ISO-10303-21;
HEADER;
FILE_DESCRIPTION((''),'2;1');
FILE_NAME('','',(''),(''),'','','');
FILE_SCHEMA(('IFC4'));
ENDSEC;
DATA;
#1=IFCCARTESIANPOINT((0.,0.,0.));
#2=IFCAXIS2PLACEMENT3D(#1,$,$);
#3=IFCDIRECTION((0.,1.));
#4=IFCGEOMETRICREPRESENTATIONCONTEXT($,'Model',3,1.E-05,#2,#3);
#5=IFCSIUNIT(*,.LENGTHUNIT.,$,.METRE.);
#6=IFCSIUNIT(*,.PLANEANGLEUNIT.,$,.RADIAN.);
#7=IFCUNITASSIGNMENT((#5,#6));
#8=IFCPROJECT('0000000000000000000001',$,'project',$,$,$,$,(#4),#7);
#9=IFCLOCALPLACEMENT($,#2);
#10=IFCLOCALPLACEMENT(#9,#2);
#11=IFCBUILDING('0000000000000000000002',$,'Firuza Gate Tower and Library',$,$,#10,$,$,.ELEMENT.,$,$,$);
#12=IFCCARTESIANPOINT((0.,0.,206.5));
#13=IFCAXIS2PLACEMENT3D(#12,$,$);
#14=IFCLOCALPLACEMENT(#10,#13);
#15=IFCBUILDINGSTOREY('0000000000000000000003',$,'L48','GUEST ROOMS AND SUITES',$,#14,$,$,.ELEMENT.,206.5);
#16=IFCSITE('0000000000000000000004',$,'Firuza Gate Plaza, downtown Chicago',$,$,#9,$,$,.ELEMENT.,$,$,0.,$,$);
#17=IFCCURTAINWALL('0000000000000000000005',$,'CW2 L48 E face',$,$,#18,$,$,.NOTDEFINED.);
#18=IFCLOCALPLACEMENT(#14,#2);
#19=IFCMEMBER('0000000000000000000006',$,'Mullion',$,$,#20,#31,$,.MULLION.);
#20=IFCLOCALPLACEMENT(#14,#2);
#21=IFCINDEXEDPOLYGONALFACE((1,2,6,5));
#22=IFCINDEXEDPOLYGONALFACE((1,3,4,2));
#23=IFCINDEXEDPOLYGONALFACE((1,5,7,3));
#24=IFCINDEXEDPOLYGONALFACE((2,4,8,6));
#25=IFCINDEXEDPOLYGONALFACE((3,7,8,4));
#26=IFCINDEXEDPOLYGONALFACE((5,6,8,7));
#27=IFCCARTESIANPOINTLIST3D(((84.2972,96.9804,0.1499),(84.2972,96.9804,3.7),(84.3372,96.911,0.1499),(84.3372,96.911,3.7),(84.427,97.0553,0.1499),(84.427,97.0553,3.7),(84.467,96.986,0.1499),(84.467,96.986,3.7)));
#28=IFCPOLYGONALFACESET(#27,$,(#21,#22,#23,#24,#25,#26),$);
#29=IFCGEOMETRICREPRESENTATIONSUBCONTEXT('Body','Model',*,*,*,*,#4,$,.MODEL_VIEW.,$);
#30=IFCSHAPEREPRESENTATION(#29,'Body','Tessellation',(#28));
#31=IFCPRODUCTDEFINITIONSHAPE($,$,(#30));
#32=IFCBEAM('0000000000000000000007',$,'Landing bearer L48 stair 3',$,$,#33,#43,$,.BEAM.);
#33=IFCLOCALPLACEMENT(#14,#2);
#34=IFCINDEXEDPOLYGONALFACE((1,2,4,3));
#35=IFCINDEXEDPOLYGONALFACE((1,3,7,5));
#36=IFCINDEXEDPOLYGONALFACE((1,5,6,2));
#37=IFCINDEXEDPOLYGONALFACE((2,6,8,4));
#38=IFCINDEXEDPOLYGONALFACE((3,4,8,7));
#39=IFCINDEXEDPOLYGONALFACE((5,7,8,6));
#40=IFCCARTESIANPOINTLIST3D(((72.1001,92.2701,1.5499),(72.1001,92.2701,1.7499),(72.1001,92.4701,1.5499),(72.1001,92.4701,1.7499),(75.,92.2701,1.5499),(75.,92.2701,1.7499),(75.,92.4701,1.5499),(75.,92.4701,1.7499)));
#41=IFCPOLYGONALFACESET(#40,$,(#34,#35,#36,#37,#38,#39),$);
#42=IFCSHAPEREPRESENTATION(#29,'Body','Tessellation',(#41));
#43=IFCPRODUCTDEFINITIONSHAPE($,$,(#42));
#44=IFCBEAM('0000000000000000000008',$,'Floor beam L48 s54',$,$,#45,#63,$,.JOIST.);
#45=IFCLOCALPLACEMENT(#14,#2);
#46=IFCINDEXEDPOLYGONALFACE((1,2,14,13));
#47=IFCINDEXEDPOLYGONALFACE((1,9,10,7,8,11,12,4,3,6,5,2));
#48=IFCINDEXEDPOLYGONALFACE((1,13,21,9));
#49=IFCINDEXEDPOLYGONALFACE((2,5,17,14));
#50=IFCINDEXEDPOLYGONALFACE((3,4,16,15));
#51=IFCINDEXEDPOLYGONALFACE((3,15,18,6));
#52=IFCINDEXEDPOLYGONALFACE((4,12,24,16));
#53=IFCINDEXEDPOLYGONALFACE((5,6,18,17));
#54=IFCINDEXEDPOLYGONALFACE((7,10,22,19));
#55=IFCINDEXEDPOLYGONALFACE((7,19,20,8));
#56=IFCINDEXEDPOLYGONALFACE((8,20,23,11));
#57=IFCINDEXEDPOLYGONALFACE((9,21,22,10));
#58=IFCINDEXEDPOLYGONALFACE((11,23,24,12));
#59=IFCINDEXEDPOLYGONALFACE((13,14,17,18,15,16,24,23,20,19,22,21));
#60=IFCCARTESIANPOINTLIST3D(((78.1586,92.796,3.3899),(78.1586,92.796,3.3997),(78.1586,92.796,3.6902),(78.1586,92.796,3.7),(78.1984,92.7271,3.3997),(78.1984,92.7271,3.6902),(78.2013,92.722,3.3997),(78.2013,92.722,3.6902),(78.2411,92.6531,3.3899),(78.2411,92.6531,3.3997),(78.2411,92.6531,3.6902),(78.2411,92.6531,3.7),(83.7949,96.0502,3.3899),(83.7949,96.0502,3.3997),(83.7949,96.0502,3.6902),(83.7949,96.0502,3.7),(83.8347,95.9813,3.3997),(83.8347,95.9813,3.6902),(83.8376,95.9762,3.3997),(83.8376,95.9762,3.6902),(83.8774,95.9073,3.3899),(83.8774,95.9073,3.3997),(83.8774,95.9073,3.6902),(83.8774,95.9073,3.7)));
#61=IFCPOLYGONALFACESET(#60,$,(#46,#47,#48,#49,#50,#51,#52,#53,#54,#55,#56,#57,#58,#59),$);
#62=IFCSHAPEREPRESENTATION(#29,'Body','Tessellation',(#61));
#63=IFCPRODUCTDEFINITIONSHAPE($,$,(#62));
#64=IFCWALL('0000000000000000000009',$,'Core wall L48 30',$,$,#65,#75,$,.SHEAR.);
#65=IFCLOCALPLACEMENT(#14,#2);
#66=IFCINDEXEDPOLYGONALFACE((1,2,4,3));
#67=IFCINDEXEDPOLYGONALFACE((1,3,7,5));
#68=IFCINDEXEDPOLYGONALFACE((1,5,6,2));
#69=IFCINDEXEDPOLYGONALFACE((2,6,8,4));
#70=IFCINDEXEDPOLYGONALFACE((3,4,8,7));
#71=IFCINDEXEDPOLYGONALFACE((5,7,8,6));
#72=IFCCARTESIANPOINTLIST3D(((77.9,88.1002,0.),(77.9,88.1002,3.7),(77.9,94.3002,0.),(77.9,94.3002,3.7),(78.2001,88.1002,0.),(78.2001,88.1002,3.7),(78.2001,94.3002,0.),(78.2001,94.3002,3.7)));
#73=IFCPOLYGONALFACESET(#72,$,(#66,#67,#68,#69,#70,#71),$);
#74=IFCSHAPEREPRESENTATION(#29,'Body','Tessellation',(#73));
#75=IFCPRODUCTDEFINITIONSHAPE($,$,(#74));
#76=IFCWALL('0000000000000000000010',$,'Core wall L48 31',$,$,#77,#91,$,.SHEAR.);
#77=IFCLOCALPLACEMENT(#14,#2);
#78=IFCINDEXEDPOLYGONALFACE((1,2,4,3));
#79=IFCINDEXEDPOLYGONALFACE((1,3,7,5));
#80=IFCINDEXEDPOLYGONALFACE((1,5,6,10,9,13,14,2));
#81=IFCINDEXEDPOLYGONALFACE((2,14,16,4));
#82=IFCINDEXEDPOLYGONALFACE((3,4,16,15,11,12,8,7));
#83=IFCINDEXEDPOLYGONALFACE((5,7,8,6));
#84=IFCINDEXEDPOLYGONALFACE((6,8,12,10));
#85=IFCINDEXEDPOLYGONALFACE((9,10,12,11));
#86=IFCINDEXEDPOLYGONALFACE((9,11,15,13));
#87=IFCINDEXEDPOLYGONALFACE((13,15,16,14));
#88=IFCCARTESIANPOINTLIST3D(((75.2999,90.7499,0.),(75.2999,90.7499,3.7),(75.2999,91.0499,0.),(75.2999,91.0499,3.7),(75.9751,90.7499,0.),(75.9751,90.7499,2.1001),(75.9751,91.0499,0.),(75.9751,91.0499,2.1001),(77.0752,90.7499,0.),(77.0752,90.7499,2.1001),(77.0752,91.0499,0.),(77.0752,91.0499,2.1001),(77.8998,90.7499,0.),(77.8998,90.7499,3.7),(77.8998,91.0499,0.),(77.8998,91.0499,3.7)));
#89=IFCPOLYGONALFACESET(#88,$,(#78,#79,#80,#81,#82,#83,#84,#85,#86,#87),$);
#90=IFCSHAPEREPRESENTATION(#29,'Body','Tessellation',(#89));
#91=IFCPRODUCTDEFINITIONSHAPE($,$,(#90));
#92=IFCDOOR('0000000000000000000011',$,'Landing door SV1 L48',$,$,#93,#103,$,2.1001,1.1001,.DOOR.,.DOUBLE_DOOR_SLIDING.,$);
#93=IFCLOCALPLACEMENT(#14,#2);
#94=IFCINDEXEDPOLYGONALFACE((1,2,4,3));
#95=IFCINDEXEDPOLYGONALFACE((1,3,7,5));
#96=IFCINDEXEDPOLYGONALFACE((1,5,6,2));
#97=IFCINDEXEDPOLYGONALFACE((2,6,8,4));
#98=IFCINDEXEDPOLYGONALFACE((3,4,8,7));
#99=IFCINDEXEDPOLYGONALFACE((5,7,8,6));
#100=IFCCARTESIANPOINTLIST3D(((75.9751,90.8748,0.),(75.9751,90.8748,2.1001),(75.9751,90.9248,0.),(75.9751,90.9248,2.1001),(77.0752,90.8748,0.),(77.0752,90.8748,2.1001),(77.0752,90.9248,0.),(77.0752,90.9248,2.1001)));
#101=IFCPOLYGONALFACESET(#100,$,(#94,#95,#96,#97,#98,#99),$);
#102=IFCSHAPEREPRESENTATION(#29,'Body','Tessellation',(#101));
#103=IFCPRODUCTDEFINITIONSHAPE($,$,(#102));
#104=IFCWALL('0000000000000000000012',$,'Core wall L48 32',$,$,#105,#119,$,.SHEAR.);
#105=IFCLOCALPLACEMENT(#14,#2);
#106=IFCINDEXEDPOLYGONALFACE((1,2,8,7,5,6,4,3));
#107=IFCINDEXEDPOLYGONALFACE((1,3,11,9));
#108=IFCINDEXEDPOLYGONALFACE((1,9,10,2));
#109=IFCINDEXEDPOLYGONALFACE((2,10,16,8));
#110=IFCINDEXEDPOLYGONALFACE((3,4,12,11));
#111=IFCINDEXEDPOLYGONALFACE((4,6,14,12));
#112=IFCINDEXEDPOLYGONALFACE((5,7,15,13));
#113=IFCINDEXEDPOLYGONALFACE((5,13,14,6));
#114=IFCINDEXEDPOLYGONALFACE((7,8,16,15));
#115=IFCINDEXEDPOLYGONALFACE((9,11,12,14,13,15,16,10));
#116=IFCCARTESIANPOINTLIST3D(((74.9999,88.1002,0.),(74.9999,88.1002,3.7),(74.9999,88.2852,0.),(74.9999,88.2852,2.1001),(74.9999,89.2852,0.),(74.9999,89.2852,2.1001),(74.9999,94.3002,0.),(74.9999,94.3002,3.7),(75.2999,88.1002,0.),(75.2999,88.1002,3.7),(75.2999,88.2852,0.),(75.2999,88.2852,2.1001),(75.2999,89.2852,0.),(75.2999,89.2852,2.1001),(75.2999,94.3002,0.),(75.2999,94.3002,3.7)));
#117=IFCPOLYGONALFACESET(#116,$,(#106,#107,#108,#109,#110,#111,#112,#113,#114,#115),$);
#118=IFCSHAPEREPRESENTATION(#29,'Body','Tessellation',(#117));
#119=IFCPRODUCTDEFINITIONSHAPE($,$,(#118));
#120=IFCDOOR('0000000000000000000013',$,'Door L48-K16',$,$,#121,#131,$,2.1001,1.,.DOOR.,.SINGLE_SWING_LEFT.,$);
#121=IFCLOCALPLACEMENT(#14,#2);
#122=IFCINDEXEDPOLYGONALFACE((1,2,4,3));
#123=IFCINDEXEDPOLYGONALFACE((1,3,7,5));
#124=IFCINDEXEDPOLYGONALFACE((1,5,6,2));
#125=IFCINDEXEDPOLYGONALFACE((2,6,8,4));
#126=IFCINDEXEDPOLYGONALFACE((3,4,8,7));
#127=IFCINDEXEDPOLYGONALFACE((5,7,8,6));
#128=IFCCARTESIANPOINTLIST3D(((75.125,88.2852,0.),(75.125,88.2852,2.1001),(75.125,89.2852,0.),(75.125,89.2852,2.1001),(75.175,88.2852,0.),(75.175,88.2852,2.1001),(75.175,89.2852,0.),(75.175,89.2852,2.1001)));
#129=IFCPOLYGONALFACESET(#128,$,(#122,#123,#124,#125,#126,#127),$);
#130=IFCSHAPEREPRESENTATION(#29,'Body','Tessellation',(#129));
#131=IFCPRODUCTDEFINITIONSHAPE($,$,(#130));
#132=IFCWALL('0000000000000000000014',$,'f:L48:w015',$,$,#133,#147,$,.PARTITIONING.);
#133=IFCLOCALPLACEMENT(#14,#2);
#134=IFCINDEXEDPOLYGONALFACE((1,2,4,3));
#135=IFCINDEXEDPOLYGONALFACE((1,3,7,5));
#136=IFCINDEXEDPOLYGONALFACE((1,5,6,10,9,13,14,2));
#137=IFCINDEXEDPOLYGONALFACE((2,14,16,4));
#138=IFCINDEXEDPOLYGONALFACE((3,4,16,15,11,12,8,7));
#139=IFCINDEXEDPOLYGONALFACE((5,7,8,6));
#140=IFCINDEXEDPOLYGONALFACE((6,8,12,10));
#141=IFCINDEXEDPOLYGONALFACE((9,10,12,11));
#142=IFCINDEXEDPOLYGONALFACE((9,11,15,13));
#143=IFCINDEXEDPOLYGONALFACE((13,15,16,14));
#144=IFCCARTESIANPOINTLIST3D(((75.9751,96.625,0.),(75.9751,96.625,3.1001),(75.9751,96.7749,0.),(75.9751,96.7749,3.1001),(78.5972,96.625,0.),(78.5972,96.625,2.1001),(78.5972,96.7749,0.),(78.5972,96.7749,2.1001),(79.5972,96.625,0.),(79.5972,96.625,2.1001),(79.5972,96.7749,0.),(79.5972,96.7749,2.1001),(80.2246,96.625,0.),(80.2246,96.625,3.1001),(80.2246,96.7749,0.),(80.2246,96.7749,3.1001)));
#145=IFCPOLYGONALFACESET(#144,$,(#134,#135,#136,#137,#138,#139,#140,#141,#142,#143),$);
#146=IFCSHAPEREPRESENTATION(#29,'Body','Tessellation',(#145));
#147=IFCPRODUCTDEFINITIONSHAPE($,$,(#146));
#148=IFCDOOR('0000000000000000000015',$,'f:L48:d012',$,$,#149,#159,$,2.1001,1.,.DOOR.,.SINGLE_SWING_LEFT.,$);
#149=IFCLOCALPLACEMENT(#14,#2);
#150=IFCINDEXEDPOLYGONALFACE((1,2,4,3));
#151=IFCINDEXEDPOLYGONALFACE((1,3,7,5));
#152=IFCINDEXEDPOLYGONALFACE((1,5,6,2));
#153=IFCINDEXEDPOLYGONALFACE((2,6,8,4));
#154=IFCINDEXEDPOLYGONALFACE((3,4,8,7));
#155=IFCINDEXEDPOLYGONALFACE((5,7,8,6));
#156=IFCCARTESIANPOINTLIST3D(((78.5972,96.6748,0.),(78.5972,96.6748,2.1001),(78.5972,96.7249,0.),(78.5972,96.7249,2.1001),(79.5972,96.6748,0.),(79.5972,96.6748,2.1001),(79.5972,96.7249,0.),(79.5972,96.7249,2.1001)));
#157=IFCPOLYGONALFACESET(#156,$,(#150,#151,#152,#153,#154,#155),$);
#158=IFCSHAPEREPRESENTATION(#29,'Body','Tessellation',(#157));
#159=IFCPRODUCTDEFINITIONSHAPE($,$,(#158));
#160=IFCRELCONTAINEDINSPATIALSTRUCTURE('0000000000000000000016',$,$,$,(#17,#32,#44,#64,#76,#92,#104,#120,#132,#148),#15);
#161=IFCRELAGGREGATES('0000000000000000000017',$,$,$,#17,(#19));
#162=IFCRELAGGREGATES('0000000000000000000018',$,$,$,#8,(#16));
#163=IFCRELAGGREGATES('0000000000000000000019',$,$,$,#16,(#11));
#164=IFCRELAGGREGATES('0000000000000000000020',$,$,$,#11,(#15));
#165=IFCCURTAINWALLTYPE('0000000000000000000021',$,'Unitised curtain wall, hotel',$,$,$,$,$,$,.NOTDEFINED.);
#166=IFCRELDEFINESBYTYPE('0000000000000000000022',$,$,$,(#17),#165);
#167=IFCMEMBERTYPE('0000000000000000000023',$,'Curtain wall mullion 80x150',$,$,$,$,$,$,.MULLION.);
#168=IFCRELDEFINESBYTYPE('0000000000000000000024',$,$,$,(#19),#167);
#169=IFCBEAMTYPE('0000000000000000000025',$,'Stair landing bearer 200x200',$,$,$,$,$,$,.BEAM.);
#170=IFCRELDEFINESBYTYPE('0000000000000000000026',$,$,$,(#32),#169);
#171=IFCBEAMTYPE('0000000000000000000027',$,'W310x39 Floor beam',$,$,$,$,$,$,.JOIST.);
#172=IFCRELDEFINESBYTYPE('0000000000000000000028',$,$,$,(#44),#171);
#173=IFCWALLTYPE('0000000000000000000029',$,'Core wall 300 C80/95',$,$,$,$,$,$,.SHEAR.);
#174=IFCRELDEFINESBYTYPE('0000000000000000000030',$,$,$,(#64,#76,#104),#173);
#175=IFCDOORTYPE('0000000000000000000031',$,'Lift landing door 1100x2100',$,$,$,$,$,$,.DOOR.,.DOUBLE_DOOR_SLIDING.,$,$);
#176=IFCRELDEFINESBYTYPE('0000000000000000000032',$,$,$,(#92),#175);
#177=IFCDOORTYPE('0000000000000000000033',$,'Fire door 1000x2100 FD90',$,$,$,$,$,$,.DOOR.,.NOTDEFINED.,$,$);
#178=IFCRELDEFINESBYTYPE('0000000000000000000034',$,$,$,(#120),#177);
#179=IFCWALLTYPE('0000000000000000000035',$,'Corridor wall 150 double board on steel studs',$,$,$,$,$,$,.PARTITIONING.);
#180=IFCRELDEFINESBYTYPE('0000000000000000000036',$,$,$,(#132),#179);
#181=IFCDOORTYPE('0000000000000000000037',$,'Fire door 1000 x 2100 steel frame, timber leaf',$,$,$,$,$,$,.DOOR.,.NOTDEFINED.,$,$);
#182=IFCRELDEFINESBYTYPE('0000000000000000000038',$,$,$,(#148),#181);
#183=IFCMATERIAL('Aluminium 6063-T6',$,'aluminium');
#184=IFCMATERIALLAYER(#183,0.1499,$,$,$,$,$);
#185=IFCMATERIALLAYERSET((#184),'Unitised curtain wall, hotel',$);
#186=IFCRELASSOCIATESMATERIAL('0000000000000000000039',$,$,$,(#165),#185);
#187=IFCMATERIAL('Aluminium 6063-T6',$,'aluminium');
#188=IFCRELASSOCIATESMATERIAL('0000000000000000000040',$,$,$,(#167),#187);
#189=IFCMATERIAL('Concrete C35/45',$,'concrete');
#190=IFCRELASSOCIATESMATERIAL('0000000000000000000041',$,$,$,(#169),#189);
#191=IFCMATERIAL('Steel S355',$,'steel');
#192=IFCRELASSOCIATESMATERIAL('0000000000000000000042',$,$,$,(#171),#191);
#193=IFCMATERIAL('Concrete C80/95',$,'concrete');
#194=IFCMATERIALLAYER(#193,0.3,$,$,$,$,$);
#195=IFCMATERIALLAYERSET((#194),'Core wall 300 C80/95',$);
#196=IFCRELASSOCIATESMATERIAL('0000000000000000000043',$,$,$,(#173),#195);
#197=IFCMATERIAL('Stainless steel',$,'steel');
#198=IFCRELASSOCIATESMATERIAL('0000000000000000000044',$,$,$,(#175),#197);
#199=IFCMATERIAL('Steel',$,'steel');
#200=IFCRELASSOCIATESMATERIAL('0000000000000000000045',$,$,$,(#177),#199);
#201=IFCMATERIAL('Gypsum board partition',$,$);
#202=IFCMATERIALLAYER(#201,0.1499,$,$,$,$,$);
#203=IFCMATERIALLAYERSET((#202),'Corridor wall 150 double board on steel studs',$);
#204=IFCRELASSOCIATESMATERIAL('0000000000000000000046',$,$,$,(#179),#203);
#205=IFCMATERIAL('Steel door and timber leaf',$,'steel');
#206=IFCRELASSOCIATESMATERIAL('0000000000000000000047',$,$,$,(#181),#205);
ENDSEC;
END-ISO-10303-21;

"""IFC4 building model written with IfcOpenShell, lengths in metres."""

from ifc_helpers import new_model, si_unit, direction, frame, frame_2d, origin, origin_2d, place, context, subcontext, project, spatial, rectangle, i_section, extrude, material, layer, layer_set, material_profile, profile_set, type_object, element, fill, aggregate, save


model = new_model("IFC4")

# Units and contexts
model_context = context("Model", 3, precision=1e-05, world=origin(), true_north=direction((0.0, 1.0)))
body_context = subcontext(model_context, "Body", "Model", "MODEL_VIEW")
ifc_project = project(units=[si_unit("LENGTHUNIT", "METRE"), si_unit("PLANEANGLEUNIT", "RADIAN")], contexts=[model_context])

# Site, building, storey
site_placement = place(None, origin())
site = spatial("IfcSite", under=ifc_project, at=site_placement, Name="Firuza Gate Plaza, downtown Chicago", CompositionType="ELEMENT", RefElevation=0.0)
building_placement = place(site_placement, origin())
building = spatial("IfcBuilding", under=site, at=building_placement, Name="Firuza Gate Tower and Library", CompositionType="ELEMENT")
storey_placement = place(building_placement, frame((0.0, 0.0, 206.5)))
storey = spatial("IfcBuildingStorey", under=building, at=storey_placement, Name="L48", Description="GUEST ROOMS AND SUITES", CompositionType="ELEMENT", Elevation=206.5)

# Curtain wall, member
ifc_material_1 = material(Name="Aluminium 6063-T6", Category="aluminium")
ifc_layer_1 = layer(ifc_material_1, 0.1499)
ifc_layer_set_1 = layer_set([ifc_layer_1], Name="Unitised curtain wall, hotel")
curtain_wall_type = type_object("IfcCurtainWallType", Name="Unitised curtain wall, hotel", PredefinedType="NOTDEFINED", material=ifc_layer_set_1)
placement = place(storey_placement, origin())
curtain_wall = element("IfcCurtainWall", 1, at=placement, inside=storey, type_object=curtain_wall_type, Name="CW2 L48 E face", PredefinedType="NOTDEFINED")
ifc_material_2 = material(Name="Aluminium 6063-T6", Category="aluminium")
ifc_material_profile_1 = material_profile(ifc_material_2, rectangle(XDim=0.1499, YDim=0.0801, at=origin_2d()))
ifc_profile_set_1 = profile_set([ifc_material_profile_1], Name="Aluminium 6063-T6")
member_type = type_object("IfcMemberType", Name="Curtain wall mullion 80x150", PredefinedType="MULLION", material=ifc_profile_set_1)
member_placement = place(storey_placement, frame((84.3821, 96.9832, 0.1499), z_axis=(0.0, 0.0, 1.0), x_axis=(-0.866025, -0.5, 0.0)))
member = element("IfcMember", 2, at=member_placement, type_object=member_type, Name="Mullion", PredefinedType="MULLION", context=body_context, shape_type="SweptSolid", body=[
    extrude(rectangle(XDim=0.1499, YDim=0.0801, at=origin_2d()), origin(), (0.0, 0.0, 1.0), 3.55),
])
aggregate(curtain_wall, [member])

# Beams
ifc_material_3 = material(Name="Concrete C35/45", Category="concrete")
ifc_material_profile_2 = material_profile(ifc_material_3, rectangle(XDim=0.2, YDim=0.2, at=origin_2d()))
ifc_profile_set_2 = profile_set([ifc_material_profile_2], Name="Concrete C35/45")
beam_type_1 = type_object("IfcBeamType", Name="Stair landing bearer 200x200", PredefinedType="BEAM", material=ifc_profile_set_2)
beam_1_placement = place(storey_placement, frame((75.0, 92.3701, 1.6499), z_axis=(-1.0, 0.0, 0.0), x_axis=(0.0, -1.0, 0.0)))
element("IfcBeam", 3, at=beam_1_placement, inside=storey, type_object=beam_type_1, Name="Landing bearer L48 stair 3", PredefinedType="BEAM", context=body_context, shape_type="SweptSolid", body=[
    extrude(rectangle(XDim=0.2, YDim=0.2, at=origin_2d()), origin(), (0.0, 0.0, 1.0), 2.8999),
])
ifc_material_4 = material(Name="Steel S355", Category="steel")
ifc_material_profile_3 = material_profile(ifc_material_4, i_section(OverallWidth=0.165, OverallDepth=0.3101, WebThickness=0.0059, FlangeThickness=0.0098, at=origin_2d()))
ifc_profile_set_3 = profile_set([ifc_material_profile_3], Name="Steel S355")
beam_type_2 = type_object("IfcBeamType", Name="W310x39 Floor beam", PredefinedType="JOIST", material=ifc_profile_set_3)
beam_2_placement = place(storey_placement, frame((83.8362, 95.9788, 3.5449), z_axis=(-0.866021, -0.500008, 0.0), x_axis=(0.500008, -0.866021, 0.0)))
element("IfcBeam", 4, at=beam_2_placement, inside=storey, type_object=beam_type_2, Name="Floor beam L48 s54", PredefinedType="JOIST", context=body_context, shape_type="SweptSolid", body=[
    extrude(i_section(OverallWidth=0.165, OverallDepth=0.3101, WebThickness=0.0059, FlangeThickness=0.0098, at=origin_2d()), origin(), (0.0, 0.0, 1.0), 6.5083),
])

# Wall
ifc_material_5 = material(Name="Concrete C80/95", Category="concrete")
ifc_layer_2 = layer(ifc_material_5, 0.3)
ifc_layer_set_2 = layer_set([ifc_layer_2], Name="Core wall 300 C80/95")
wall_type_1 = type_object("IfcWallType", Name="Core wall 300 C80/95", PredefinedType="SHEAR", material=ifc_layer_set_2)
wall_1_placement = place(storey_placement, frame((78.05, 88.1001, 0.0), z_axis=(0.0, 0.0, 1.0), x_axis=(0.0, 1.0, 0.0)))
element("IfcWall", 5, at=wall_1_placement, inside=storey, type_object=wall_type_1, Name="Core wall L48 30", PredefinedType="SHEAR", context=body_context, shape_type="SweptSolid", body=[
    extrude(rectangle(XDim=6.2, YDim=0.3, at=frame_2d((3.1001, 0.0))), origin(), (0.0, 0.0, 1.0), 3.7),
])

# Walls, openings, doors
wall_2_placement = place(storey_placement, frame((75.3, 90.8999, 0.0), z_axis=(0.0, 0.0, 1.0), x_axis=(1.0, 0.0, 0.0)))
wall_2 = element("IfcWall", 6, at=wall_2_placement, inside=storey, type_object=wall_type_1, Name="Core wall L48 31", PredefinedType="SHEAR", context=body_context, shape_type="SweptSolid", body=[
    extrude(rectangle(XDim=2.5999, YDim=0.3, at=frame_2d((1.2998, 0.0))), origin(), (0.0, 0.0, 1.0), 3.7),
])
opening_1_placement = place(wall_2_placement, frame((0.675, 0.0, 0.0)))
opening_1 = element("IfcOpeningElement", 7, at=opening_1_placement, cuts=wall_2, PredefinedType="OPENING", context=body_context, shape_type="SweptSolid", body=[
    extrude(rectangle(XDim=1.1001, YDim=2.1001, at=frame_2d((0.55, 1.05))), frame((0.0, 0.1602, 0.0), z_axis=(0.0, -1.0, 0.0), x_axis=(1.0, 0.0, 0.0)), (0.0, 0.0, 1.0), 0.3201),
])
ifc_material_6 = material(Name="Stainless steel", Category="steel")
door_type_1 = type_object("IfcDoorType", Name="Lift landing door 1100x2100", OperationType="DOUBLE_DOOR_SLIDING", PredefinedType="DOOR", material=ifc_material_6)
door_1_placement = place(opening_1_placement, origin())
door_1 = element("IfcDoor", 8, at=door_1_placement, inside=storey, type_object=door_type_1, Name="Landing door SV1 L48", OperationType="DOUBLE_DOOR_SLIDING", OverallHeight=2.1001, OverallWidth=1.1001, PredefinedType="DOOR", context=body_context, shape_type="SweptSolid", body=[
    extrude(rectangle(XDim=1.1001, YDim=2.1001, at=frame_2d((0.55, 1.05))), frame((0.0, 0.0249, 0.0), z_axis=(0.0, -1.0, 0.0), x_axis=(1.0, 0.0, 0.0)), (0.0, 0.0, 1.0), 0.05),
])
fill(opening_1, door_1)
wall_3_placement = place(storey_placement, frame((75.1499, 88.1001, 0.0), z_axis=(0.0, 0.0, 1.0), x_axis=(0.0, 1.0, 0.0)))
wall_3 = element("IfcWall", 9, at=wall_3_placement, inside=storey, type_object=wall_type_1, Name="Core wall L48 32", PredefinedType="SHEAR", context=body_context, shape_type="SweptSolid", body=[
    extrude(rectangle(XDim=6.2, YDim=0.3, at=frame_2d((3.1001, 0.0))), origin(), (0.0, 0.0, 1.0), 3.7),
])
opening_2_placement = place(wall_3_placement, frame((0.1851, 0.0, 0.0)))
opening_2 = element("IfcOpeningElement", 10, at=opening_2_placement, cuts=wall_3, PredefinedType="OPENING", context=body_context, shape_type="SweptSolid", body=[
    extrude(rectangle(XDim=1.0, YDim=2.1001, at=frame_2d((0.5, 1.05))), frame((0.0, 0.1602, 0.0), z_axis=(0.0, -1.0, 0.0), x_axis=(1.0, 0.0, 0.0)), (0.0, 0.0, 1.0), 0.3201),
])
ifc_material_7 = material(Name="Steel", Category="steel")
door_type_2 = type_object("IfcDoorType", Name="Fire door 1000x2100 FD90", OperationType="NOTDEFINED", PredefinedType="DOOR", material=ifc_material_7)
door_2_placement = place(opening_2_placement, origin())
door_2 = element("IfcDoor", 11, at=door_2_placement, inside=storey, type_object=door_type_2, Name="Door L48-K16", OperationType="SINGLE_SWING_LEFT", OverallHeight=2.1001, OverallWidth=1.0, PredefinedType="DOOR", context=body_context, shape_type="SweptSolid", body=[
    extrude(rectangle(XDim=1.0, YDim=2.1001, at=frame_2d((0.5, 1.05))), frame((0.0, 0.0249, 0.0), z_axis=(0.0, -1.0, 0.0), x_axis=(1.0, 0.0, 0.0)), (0.0, 0.0, 1.0), 0.05),
])
fill(opening_2, door_2)
ifc_material_8 = material(Name="Gypsum board partition")
ifc_layer_3 = layer(ifc_material_8, 0.1499)
ifc_layer_set_3 = layer_set([ifc_layer_3], Name="Corridor wall 150 double board on steel studs")
wall_type_2 = type_object("IfcWallType", Name="Corridor wall 150 double board on steel studs", PredefinedType="PARTITIONING", material=ifc_layer_set_3)
wall_4_placement = place(storey_placement, frame((75.9751, 96.7, 0.0), z_axis=(0.0, 0.0, 1.0), x_axis=(1.0, 0.0, 0.0)))
wall_4 = element("IfcWall", 12, at=wall_4_placement, inside=storey, type_object=wall_type_2, Name="f:L48:w015", PredefinedType="PARTITIONING", context=body_context, shape_type="SweptSolid", body=[
    extrude(rectangle(XDim=4.2495, YDim=0.1499, at=frame_2d((2.1248, 0.0))), origin(), (0.0, 0.0, 1.0), 3.1001),
])
opening_3_placement = place(wall_4_placement, frame((2.6221, 0.0, 0.0)))
opening_3 = element("IfcOpeningElement", 13, at=opening_3_placement, cuts=wall_4, PredefinedType="OPENING", context=body_context, shape_type="SweptSolid", body=[
    extrude(rectangle(XDim=1.0, YDim=2.1001, at=frame_2d((0.5, 1.05))), frame((0.0, 0.085, 0.0), z_axis=(0.0, -1.0, 0.0), x_axis=(1.0, 0.0, 0.0)), (0.0, 0.0, 1.0), 0.1699),
])
ifc_material_9 = material(Name="Steel door and timber leaf", Category="steel")
door_type_3 = type_object("IfcDoorType", Name="Fire door 1000 x 2100 steel frame, timber leaf", OperationType="NOTDEFINED", PredefinedType="DOOR", material=ifc_material_9)
door_3_placement = place(opening_3_placement, origin())
door_3 = element("IfcDoor", 14, at=door_3_placement, inside=storey, type_object=door_type_3, Name="f:L48:d012", OperationType="SINGLE_SWING_LEFT", OverallHeight=2.1001, OverallWidth=1.0, PredefinedType="DOOR", context=body_context, shape_type="SweptSolid", body=[
    extrude(rectangle(XDim=1.0, YDim=2.1001, at=frame_2d((0.5, 1.05))), frame((0.0, 0.0249, 0.0), z_axis=(0.0, -1.0, 0.0), x_axis=(1.0, 0.0, 0.0)), (0.0, 0.0, 1.0), 0.05),
])
fill(opening_3, door_3)

save(model, "model.ifc")
